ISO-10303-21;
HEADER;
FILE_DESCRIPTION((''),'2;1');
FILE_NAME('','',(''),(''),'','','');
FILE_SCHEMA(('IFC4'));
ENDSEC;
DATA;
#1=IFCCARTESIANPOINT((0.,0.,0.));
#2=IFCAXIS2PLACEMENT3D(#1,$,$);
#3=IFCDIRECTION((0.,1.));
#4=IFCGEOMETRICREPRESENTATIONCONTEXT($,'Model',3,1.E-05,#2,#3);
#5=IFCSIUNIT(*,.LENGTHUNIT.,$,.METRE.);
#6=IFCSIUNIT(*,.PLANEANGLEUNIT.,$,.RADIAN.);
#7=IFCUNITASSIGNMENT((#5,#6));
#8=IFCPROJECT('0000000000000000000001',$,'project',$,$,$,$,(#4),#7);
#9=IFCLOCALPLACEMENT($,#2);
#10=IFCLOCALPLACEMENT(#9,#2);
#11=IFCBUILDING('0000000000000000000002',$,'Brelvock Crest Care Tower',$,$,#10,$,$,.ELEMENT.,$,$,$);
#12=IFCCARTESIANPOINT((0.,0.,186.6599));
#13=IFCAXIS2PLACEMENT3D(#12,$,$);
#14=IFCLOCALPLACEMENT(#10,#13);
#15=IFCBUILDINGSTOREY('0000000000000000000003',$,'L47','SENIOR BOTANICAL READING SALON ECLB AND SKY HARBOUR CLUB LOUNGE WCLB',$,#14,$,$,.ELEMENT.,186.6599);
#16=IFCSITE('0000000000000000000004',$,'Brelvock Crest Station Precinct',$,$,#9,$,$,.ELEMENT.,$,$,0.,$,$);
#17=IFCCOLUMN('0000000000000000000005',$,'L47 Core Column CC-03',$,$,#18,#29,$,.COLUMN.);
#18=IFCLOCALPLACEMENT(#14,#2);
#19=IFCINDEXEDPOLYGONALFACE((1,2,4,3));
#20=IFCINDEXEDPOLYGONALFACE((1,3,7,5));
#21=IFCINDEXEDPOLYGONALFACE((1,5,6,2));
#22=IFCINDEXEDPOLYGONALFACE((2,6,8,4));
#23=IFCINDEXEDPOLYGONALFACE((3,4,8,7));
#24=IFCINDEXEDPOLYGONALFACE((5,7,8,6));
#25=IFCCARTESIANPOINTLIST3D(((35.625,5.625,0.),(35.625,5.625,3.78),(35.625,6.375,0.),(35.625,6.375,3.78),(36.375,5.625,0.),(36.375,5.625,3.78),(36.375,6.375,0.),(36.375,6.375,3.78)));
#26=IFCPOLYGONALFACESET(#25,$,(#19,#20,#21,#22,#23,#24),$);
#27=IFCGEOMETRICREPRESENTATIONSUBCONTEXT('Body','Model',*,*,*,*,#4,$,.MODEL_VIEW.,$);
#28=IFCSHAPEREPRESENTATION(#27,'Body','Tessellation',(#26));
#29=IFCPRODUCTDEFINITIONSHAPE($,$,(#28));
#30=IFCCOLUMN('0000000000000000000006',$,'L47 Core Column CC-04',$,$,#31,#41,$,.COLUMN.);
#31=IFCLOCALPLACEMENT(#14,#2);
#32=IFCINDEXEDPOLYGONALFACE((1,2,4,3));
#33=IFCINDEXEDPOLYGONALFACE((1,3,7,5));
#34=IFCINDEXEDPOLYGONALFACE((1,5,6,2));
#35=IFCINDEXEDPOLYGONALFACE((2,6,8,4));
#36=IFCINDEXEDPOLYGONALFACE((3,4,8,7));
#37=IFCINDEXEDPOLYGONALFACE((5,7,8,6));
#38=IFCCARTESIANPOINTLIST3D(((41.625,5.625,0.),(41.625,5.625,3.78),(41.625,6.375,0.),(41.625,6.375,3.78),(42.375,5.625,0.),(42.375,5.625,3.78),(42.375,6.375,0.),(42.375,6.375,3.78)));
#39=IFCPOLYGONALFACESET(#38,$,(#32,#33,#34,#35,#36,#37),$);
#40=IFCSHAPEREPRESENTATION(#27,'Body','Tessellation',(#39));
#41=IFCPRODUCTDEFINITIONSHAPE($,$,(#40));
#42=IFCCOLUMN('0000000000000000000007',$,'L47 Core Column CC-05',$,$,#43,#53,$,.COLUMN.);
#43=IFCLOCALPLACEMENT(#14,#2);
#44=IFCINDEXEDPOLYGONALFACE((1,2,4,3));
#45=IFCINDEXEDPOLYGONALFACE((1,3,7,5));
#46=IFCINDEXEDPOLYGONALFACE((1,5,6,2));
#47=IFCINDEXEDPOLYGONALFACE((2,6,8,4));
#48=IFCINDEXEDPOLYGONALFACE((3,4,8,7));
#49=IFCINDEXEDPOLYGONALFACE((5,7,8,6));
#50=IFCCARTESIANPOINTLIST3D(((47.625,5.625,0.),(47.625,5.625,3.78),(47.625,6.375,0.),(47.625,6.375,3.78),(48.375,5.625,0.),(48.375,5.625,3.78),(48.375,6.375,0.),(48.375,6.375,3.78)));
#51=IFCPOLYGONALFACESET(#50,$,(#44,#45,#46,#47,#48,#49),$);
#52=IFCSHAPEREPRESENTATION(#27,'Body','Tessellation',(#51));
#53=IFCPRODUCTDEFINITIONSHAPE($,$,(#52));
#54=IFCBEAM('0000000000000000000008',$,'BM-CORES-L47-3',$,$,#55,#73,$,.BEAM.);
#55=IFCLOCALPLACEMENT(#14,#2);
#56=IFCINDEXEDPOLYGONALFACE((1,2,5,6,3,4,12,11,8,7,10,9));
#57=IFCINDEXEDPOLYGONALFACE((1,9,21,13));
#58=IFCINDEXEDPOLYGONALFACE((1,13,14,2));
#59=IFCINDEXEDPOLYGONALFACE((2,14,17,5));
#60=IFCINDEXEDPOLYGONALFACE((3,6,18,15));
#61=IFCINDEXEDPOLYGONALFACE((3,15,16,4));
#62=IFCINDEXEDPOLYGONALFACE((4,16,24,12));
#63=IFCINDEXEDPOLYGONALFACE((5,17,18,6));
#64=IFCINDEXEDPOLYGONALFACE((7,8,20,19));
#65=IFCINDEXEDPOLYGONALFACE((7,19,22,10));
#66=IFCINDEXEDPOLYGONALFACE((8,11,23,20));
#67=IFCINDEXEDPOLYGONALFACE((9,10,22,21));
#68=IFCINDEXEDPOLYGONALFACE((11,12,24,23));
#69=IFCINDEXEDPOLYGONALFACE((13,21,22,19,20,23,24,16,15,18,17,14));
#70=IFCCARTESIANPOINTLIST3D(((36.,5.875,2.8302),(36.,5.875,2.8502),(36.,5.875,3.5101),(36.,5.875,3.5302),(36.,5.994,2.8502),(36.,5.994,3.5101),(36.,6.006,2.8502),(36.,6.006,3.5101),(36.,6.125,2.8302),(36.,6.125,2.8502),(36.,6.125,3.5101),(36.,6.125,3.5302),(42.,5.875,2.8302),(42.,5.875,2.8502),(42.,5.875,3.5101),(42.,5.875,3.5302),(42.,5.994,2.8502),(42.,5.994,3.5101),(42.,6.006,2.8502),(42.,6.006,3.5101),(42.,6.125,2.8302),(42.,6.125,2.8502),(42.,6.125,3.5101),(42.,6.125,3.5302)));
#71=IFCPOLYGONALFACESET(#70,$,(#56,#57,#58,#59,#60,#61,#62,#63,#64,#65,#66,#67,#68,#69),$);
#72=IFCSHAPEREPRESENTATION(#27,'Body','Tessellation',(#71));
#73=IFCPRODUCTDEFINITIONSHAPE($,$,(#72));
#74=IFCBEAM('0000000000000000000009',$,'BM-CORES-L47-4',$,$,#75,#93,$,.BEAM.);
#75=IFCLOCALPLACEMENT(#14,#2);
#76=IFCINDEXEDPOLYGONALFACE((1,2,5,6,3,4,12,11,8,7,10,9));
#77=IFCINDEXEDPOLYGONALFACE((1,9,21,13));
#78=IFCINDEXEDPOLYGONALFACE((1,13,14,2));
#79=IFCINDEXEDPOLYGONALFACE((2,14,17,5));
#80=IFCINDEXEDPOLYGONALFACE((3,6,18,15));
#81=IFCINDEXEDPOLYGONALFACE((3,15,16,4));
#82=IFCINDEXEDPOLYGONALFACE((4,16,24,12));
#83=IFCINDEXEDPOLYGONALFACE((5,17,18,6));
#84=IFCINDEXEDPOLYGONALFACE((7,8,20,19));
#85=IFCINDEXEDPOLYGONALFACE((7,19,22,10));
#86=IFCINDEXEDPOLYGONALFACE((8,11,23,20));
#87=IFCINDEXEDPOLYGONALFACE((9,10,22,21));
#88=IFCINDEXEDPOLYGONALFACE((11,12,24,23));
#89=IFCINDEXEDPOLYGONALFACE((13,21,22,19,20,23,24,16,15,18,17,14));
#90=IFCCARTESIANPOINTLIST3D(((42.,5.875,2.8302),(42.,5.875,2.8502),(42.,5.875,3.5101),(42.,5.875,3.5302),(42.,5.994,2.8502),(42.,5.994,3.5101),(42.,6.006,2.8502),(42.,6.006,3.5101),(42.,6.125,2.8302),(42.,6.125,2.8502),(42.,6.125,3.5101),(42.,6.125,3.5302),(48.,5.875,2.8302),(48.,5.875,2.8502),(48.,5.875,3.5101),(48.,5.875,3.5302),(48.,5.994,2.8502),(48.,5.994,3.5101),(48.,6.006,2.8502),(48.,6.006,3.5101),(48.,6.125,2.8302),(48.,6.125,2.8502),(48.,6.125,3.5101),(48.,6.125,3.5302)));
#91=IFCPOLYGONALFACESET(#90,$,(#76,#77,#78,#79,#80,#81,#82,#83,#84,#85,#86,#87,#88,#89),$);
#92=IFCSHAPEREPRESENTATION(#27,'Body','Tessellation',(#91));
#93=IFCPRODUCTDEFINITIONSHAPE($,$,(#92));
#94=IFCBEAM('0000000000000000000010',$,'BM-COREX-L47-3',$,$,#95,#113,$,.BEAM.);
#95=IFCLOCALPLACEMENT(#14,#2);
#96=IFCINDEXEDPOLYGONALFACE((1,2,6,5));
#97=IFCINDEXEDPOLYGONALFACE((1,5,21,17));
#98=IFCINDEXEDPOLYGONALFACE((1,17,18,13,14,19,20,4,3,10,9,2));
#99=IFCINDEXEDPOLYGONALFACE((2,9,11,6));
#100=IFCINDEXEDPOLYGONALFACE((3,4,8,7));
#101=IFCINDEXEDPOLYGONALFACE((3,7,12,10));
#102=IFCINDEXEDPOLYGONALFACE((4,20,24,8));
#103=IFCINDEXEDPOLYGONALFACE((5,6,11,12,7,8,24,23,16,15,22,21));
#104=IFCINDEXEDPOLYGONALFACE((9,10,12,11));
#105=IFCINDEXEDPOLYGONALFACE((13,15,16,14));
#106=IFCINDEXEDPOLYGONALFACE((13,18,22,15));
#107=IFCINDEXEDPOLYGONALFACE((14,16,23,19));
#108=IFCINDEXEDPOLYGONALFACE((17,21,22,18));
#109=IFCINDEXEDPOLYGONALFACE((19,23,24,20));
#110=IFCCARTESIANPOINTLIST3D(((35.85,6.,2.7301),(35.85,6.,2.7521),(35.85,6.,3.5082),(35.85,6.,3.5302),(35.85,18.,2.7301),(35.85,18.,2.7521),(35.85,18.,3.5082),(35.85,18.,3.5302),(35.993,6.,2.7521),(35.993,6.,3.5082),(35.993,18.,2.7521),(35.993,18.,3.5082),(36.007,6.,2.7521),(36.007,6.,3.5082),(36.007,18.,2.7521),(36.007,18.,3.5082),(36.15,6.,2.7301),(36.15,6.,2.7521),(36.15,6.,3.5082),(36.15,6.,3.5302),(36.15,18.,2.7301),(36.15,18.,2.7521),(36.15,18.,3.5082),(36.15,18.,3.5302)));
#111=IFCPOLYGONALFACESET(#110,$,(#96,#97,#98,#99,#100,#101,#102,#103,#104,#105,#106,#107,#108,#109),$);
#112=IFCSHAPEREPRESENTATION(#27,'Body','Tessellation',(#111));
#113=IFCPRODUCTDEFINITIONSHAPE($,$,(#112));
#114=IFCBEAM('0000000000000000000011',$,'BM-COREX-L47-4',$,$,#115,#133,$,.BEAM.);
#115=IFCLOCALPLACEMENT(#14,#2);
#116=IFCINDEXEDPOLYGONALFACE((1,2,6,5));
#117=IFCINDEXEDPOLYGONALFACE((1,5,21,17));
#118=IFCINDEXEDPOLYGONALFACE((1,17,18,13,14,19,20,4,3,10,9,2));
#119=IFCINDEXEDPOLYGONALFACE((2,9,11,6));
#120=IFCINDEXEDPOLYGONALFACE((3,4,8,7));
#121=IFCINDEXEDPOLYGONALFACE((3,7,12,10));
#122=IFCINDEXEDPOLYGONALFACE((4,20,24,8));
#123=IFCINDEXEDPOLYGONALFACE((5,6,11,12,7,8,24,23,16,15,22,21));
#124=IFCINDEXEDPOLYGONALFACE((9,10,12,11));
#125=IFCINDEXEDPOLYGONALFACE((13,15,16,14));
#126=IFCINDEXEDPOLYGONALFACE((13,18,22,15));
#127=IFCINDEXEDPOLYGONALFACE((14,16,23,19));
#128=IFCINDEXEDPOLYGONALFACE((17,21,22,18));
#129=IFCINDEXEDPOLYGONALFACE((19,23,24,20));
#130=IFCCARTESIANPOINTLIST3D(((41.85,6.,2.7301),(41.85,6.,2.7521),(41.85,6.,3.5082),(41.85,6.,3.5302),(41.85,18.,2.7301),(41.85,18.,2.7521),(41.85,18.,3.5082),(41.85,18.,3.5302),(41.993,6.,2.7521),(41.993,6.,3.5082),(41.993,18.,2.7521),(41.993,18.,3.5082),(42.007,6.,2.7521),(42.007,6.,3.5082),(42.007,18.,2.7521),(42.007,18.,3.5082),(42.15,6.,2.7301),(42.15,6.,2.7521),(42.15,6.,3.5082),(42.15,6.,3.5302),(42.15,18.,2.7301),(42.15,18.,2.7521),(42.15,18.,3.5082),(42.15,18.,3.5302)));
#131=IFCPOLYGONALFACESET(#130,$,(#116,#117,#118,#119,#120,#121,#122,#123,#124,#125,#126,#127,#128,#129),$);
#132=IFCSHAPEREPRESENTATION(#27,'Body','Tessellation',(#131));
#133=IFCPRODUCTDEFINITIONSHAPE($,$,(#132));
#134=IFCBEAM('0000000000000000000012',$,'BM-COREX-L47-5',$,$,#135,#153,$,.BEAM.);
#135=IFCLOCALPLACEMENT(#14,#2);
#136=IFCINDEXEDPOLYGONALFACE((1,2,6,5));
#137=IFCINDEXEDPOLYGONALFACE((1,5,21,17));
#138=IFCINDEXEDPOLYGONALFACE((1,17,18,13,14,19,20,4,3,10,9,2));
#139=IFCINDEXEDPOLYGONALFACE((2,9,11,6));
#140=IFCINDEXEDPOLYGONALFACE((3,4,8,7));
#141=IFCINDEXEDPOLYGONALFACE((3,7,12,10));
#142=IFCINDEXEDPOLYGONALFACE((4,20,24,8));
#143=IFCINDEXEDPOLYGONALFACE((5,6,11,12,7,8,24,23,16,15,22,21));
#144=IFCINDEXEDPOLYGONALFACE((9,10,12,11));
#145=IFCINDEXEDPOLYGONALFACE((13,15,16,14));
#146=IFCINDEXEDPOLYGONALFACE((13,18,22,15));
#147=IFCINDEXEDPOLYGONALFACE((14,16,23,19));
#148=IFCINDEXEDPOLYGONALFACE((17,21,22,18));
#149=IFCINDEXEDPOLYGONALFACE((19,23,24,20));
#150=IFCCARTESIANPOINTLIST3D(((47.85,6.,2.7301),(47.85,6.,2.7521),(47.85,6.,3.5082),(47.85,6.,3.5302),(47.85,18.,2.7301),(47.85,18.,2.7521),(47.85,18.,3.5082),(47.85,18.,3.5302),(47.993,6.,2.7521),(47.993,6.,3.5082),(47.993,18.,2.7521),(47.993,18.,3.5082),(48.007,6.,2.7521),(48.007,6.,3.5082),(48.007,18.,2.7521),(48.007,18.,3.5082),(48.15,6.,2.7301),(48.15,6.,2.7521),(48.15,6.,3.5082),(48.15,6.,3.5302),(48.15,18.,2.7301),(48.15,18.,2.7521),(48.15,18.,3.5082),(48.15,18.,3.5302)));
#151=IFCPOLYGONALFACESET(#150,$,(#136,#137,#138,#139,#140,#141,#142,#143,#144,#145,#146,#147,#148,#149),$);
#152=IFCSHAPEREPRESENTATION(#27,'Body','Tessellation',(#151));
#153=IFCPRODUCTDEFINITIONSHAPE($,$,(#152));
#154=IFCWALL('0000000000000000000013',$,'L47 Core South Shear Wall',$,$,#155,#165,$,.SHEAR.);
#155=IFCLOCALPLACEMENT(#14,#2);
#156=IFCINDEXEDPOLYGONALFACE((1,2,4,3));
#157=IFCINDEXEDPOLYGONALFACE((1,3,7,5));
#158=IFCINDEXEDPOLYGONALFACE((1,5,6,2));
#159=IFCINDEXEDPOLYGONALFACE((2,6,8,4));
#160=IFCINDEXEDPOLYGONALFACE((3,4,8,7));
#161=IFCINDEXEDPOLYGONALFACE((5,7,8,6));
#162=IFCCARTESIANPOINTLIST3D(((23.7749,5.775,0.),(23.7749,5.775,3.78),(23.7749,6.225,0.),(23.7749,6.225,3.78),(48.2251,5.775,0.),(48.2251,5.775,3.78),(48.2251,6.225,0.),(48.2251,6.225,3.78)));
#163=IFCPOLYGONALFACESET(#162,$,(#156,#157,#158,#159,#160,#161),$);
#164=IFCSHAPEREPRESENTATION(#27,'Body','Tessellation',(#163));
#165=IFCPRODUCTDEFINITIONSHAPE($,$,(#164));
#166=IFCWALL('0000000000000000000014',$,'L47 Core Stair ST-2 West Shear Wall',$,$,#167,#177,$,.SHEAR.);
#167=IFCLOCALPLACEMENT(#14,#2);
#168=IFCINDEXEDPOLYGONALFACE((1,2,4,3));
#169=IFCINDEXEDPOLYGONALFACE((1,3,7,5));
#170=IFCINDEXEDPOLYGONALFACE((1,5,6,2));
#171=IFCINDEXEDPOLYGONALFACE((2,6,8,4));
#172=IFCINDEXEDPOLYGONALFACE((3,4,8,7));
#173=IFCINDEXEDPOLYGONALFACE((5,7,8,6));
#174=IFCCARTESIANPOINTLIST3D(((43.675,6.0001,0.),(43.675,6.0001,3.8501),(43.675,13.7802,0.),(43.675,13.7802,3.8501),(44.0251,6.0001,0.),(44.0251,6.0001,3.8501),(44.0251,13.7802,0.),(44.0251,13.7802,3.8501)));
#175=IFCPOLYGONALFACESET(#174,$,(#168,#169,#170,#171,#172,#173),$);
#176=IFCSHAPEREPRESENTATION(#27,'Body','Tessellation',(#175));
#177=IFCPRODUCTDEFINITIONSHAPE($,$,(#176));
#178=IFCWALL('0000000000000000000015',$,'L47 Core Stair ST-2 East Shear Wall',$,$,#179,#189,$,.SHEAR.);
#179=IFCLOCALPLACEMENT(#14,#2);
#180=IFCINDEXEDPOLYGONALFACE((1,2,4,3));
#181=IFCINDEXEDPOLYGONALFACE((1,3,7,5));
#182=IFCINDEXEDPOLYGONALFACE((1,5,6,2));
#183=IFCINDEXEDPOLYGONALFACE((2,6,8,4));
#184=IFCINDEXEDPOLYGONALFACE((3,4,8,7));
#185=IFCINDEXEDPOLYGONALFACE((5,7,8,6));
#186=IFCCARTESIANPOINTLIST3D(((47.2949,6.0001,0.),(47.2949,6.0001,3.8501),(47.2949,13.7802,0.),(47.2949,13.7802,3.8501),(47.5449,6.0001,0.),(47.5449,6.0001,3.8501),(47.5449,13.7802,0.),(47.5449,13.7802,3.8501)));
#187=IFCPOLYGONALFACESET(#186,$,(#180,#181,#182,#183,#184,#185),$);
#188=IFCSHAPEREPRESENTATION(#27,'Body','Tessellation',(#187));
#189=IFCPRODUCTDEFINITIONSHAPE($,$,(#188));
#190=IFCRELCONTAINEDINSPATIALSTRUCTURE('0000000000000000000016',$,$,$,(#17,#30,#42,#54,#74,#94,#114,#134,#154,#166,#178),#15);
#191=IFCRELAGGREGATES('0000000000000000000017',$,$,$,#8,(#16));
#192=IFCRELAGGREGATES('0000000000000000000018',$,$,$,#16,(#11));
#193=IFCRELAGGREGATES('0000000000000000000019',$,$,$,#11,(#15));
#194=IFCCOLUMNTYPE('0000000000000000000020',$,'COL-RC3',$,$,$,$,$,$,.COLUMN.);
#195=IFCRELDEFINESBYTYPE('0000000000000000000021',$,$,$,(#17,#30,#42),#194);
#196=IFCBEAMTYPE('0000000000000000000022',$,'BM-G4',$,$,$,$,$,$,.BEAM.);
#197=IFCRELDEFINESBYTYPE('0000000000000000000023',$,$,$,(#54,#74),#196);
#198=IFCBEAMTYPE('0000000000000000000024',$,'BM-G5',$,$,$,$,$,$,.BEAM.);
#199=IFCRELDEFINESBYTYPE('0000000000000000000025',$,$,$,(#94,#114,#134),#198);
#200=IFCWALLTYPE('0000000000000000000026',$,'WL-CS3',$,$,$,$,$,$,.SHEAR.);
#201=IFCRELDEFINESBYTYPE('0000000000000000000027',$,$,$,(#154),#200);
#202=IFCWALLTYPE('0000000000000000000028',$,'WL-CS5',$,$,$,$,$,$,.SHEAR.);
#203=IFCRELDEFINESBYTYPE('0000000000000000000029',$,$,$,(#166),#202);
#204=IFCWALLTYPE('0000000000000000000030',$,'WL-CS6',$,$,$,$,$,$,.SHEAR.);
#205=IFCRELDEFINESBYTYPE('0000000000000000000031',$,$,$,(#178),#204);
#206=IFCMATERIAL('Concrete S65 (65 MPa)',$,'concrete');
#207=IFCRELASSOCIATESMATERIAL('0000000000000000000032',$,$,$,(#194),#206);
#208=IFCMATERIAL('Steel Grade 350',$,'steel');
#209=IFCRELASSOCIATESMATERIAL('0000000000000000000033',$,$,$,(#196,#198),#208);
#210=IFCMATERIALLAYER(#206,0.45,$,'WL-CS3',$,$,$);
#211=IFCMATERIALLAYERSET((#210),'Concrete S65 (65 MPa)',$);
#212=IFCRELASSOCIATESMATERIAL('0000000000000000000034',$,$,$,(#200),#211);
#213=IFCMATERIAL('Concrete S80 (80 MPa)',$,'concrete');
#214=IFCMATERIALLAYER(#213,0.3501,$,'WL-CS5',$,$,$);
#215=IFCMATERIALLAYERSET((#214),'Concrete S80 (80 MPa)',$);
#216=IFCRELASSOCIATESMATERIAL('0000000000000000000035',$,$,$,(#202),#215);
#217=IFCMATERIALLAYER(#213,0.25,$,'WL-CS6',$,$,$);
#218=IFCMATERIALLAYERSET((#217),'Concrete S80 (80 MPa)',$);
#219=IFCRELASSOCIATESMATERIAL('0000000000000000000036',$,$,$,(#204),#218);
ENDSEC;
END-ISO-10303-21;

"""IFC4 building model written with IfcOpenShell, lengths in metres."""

from ifc_helpers import new_model, si_unit, direction, frame, frame_2d, origin, origin_2d, place, context, subcontext, project, spatial, rectangle, i_section, extrude, source, transform, mapped, material, layer, layer_set, material_profile, profile_set, type_object, element, save


model = new_model("IFC4")

# Units and contexts
model_context = context("Model", 3, precision=1e-05, world=origin(), true_north=direction((0.0, 1.0)))
body_context = subcontext(model_context, "Body", "Model", "MODEL_VIEW")
ifc_project = project(units=[si_unit("LENGTHUNIT", "METRE"), si_unit("PLANEANGLEUNIT", "RADIAN")], contexts=[model_context])

# Site, building, storey
site_placement = place(None, origin())
site = spatial("IfcSite", under=ifc_project, at=site_placement, Name="Brelvock Crest Station Precinct", CompositionType="ELEMENT", RefElevation=0.0)
building_placement = place(site_placement, origin())
building = spatial("IfcBuilding", under=site, at=building_placement, Name="Brelvock Crest Care Tower", CompositionType="ELEMENT")
storey_placement = place(building_placement, frame((0.0, 0.0, 186.6599)))
storey = spatial("IfcBuildingStorey", under=building, at=storey_placement, Name="L47", Description="SENIOR BOTANICAL READING SALON ECLB AND SKY HARBOUR CLUB LOUNGE WCLB", CompositionType="ELEMENT", Elevation=186.6599)

# Columns
ifc_material_1 = material(Name="Concrete S65 (65 MPa)", Category="concrete")
ifc_material_profile_1 = material_profile(ifc_material_1, rectangle(XDim=0.75, YDim=0.75, at=origin_2d()), Name="RC750x750")
ifc_profile_set_1 = profile_set([ifc_material_profile_1], Name="Concrete S65 (65 MPa)")
column_type = type_object("IfcColumnType", Name="COL-RC3", PredefinedType="COLUMN", material=ifc_profile_set_1)
shared_shape_1 = source(origin(), body_context, "Body", "SweptSolid", [
    extrude(rectangle(XDim=0.75, YDim=0.75, at=origin_2d()), origin(), (0.0, 0.0, 1.0), 3.78),
])
for number, where, z_axis, x_axis, name in (
    (1, (36.0, 6.0, 0.0), (0.0, 0.0, 1.0), (1.0, 0.0, 0.0), "L47 Core Column CC-03"),
    (2, (42.0, 6.0, 0.0), (0.0, 0.0, 1.0), (1.0, 0.0, 0.0), "L47 Core Column CC-04"),
    (3, (48.0, 6.0, 0.0), (0.0, 0.0, 1.0), (1.0, 0.0, 0.0), "L47 Core Column CC-05"),
):
    element("IfcColumn", number, at=place(storey_placement, frame(where, z_axis=z_axis, x_axis=x_axis)), inside=storey, type_object=column_type, Name=name, PredefinedType="COLUMN", context=body_context, shape_type="MappedRepresentation", body=[
        mapped(shared_shape_1, transform((0.0, 0.0, 0.0), x_axis=(1.0, 0.0, 0.0), y_axis=(0.0, 1.0, 0.0), z_axis=(0.0, 0.0, 1.0), scale=1.0)),
    ])

# Beams
ifc_material_2 = material(Name="Steel Grade 350", Category="steel")
ifc_material_profile_2 = material_profile(ifc_material_2, i_section(OverallWidth=0.25, OverallDepth=0.7, WebThickness=0.012, FlangeThickness=0.02, at=origin_2d()), Name="700WB150")
ifc_profile_set_2 = profile_set([ifc_material_profile_2], Name="Steel Grade 350")
beam_type_1 = type_object("IfcBeamType", Name="BM-G4", PredefinedType="BEAM", material=ifc_profile_set_2)
shared_shape_2 = source(origin(), body_context, "Body", "SweptSolid", [
    extrude(i_section(OverallWidth=0.25, OverallDepth=0.7, WebThickness=0.012, FlangeThickness=0.02, at=origin_2d()), origin(), (0.0, 0.0, 1.0), 6.0),
])
for number, where, z_axis, x_axis, name in (
    (4, (36.0, 6.0, 3.1802), (1.0, 0.0, 0.0), (0.0, 1.0, 0.0), "BM-CORES-L47-3"),
    (5, (42.0, 6.0, 3.1802), (1.0, 0.0, 0.0), (0.0, 1.0, 0.0), "BM-CORES-L47-4"),
):
    element("IfcBeam", number, at=place(storey_placement, frame(where, z_axis=z_axis, x_axis=x_axis)), inside=storey, type_object=beam_type_1, Name=name, PredefinedType="BEAM", context=body_context, shape_type="MappedRepresentation", body=[
        mapped(shared_shape_2, transform((0.0, 0.0, 0.0), x_axis=(1.0, 0.0, 0.0), y_axis=(0.0, 1.0, 0.0), z_axis=(0.0, 0.0, 1.0), scale=1.0)),
    ])
ifc_material_profile_3 = material_profile(ifc_material_2, i_section(OverallWidth=0.3, OverallDepth=0.8, WebThickness=0.0139, FlangeThickness=0.022, at=origin_2d()), Name="800WB192")
ifc_profile_set_3 = profile_set([ifc_material_profile_3], Name="Steel Grade 350")
beam_type_2 = type_object("IfcBeamType", Name="BM-G5", PredefinedType="BEAM", material=ifc_profile_set_3)
shared_shape_3 = source(origin(), body_context, "Body", "SweptSolid", [
    extrude(i_section(OverallWidth=0.3, OverallDepth=0.8, WebThickness=0.0139, FlangeThickness=0.022, at=origin_2d()), origin(), (0.0, 0.0, 1.0), 12.0),
])
for number, where, z_axis, x_axis, name in (
    (6, (36.0, 6.0, 3.1301), (0.0, 1.0, 0.0), (-1.0, 0.0, 0.0), "BM-COREX-L47-3"),
    (7, (42.0, 6.0, 3.1301), (0.0, 1.0, 0.0), (-1.0, 0.0, 0.0), "BM-COREX-L47-4"),
    (8, (48.0, 6.0, 3.1301), (0.0, 1.0, 0.0), (-1.0, 0.0, 0.0), "BM-COREX-L47-5"),
):
    element("IfcBeam", number, at=place(storey_placement, frame(where, z_axis=z_axis, x_axis=x_axis)), inside=storey, type_object=beam_type_2, Name=name, PredefinedType="BEAM", context=body_context, shape_type="MappedRepresentation", body=[
        mapped(shared_shape_3, transform((0.0, 0.0, 0.0), x_axis=(1.0, 0.0, 0.0), y_axis=(0.0, 1.0, 0.0), z_axis=(0.0, 0.0, 1.0), scale=1.0)),
    ])

# Walls
ifc_layer_1 = layer(ifc_material_1, 0.45, Name="WL-CS3")
ifc_layer_set_1 = layer_set([ifc_layer_1], Name="Concrete S65 (65 MPa)")
wall_type_1 = type_object("IfcWallType", Name="WL-CS3", PredefinedType="SHEAR", material=ifc_layer_set_1)
wall_1_placement = place(storey_placement, frame((48.2251, 6.0, 0.0), z_axis=(0.0, 0.0, 1.0), x_axis=(-1.0, 0.0, 0.0)))
element("IfcWall", 9, at=wall_1_placement, inside=storey, type_object=wall_type_1, Name="L47 Core South Shear Wall", PredefinedType="SHEAR", context=body_context, shape_type="SweptSolid", body=[
    extrude(rectangle(XDim=24.4502, YDim=0.45, at=frame_2d((12.2251, 0.0))), origin(), (0.0, 0.0, 1.0), 3.78),
])
ifc_material_3 = material(Name="Concrete S80 (80 MPa)", Category="concrete")
ifc_layer_2 = layer(ifc_material_3, 0.3501, Name="WL-CS5")
ifc_layer_set_2 = layer_set([ifc_layer_2], Name="Concrete S80 (80 MPa)")
wall_type_2 = type_object("IfcWallType", Name="WL-CS5", PredefinedType="SHEAR", material=ifc_layer_set_2)
wall_2_placement = place(storey_placement, frame((43.8501, 6.0, 0.0), z_axis=(0.0, 0.0, 1.0), x_axis=(0.0, 1.0, 0.0)))
element("IfcWall", 10, at=wall_2_placement, inside=storey, type_object=wall_type_2, Name="L47 Core Stair ST-2 West Shear Wall", PredefinedType="SHEAR", context=body_context, shape_type="SweptSolid", body=[
    extrude(rectangle(XDim=7.78, YDim=0.3501, at=frame_2d((3.8901, 0.0))), origin(), (0.0, 0.0, 1.0), 3.8501),
])
ifc_layer_3 = layer(ifc_material_3, 0.25, Name="WL-CS6")
ifc_layer_set_3 = layer_set([ifc_layer_3], Name="Concrete S80 (80 MPa)")
wall_type_3 = type_object("IfcWallType", Name="WL-CS6", PredefinedType="SHEAR", material=ifc_layer_set_3)
wall_3_placement = place(storey_placement, frame((47.4199, 6.0, 0.0), z_axis=(0.0, 0.0, 1.0), x_axis=(0.0, 1.0, 0.0)))
element("IfcWall", 11, at=wall_3_placement, inside=storey, type_object=wall_type_3, Name="L47 Core Stair ST-2 East Shear Wall", PredefinedType="SHEAR", context=body_context, shape_type="SweptSolid", body=[
    extrude(rectangle(XDim=7.78, YDim=0.25, at=frame_2d((3.8901, 0.0))), origin(), (0.0, 0.0, 1.0), 3.8501),
])

save(model, "model.ifc")
